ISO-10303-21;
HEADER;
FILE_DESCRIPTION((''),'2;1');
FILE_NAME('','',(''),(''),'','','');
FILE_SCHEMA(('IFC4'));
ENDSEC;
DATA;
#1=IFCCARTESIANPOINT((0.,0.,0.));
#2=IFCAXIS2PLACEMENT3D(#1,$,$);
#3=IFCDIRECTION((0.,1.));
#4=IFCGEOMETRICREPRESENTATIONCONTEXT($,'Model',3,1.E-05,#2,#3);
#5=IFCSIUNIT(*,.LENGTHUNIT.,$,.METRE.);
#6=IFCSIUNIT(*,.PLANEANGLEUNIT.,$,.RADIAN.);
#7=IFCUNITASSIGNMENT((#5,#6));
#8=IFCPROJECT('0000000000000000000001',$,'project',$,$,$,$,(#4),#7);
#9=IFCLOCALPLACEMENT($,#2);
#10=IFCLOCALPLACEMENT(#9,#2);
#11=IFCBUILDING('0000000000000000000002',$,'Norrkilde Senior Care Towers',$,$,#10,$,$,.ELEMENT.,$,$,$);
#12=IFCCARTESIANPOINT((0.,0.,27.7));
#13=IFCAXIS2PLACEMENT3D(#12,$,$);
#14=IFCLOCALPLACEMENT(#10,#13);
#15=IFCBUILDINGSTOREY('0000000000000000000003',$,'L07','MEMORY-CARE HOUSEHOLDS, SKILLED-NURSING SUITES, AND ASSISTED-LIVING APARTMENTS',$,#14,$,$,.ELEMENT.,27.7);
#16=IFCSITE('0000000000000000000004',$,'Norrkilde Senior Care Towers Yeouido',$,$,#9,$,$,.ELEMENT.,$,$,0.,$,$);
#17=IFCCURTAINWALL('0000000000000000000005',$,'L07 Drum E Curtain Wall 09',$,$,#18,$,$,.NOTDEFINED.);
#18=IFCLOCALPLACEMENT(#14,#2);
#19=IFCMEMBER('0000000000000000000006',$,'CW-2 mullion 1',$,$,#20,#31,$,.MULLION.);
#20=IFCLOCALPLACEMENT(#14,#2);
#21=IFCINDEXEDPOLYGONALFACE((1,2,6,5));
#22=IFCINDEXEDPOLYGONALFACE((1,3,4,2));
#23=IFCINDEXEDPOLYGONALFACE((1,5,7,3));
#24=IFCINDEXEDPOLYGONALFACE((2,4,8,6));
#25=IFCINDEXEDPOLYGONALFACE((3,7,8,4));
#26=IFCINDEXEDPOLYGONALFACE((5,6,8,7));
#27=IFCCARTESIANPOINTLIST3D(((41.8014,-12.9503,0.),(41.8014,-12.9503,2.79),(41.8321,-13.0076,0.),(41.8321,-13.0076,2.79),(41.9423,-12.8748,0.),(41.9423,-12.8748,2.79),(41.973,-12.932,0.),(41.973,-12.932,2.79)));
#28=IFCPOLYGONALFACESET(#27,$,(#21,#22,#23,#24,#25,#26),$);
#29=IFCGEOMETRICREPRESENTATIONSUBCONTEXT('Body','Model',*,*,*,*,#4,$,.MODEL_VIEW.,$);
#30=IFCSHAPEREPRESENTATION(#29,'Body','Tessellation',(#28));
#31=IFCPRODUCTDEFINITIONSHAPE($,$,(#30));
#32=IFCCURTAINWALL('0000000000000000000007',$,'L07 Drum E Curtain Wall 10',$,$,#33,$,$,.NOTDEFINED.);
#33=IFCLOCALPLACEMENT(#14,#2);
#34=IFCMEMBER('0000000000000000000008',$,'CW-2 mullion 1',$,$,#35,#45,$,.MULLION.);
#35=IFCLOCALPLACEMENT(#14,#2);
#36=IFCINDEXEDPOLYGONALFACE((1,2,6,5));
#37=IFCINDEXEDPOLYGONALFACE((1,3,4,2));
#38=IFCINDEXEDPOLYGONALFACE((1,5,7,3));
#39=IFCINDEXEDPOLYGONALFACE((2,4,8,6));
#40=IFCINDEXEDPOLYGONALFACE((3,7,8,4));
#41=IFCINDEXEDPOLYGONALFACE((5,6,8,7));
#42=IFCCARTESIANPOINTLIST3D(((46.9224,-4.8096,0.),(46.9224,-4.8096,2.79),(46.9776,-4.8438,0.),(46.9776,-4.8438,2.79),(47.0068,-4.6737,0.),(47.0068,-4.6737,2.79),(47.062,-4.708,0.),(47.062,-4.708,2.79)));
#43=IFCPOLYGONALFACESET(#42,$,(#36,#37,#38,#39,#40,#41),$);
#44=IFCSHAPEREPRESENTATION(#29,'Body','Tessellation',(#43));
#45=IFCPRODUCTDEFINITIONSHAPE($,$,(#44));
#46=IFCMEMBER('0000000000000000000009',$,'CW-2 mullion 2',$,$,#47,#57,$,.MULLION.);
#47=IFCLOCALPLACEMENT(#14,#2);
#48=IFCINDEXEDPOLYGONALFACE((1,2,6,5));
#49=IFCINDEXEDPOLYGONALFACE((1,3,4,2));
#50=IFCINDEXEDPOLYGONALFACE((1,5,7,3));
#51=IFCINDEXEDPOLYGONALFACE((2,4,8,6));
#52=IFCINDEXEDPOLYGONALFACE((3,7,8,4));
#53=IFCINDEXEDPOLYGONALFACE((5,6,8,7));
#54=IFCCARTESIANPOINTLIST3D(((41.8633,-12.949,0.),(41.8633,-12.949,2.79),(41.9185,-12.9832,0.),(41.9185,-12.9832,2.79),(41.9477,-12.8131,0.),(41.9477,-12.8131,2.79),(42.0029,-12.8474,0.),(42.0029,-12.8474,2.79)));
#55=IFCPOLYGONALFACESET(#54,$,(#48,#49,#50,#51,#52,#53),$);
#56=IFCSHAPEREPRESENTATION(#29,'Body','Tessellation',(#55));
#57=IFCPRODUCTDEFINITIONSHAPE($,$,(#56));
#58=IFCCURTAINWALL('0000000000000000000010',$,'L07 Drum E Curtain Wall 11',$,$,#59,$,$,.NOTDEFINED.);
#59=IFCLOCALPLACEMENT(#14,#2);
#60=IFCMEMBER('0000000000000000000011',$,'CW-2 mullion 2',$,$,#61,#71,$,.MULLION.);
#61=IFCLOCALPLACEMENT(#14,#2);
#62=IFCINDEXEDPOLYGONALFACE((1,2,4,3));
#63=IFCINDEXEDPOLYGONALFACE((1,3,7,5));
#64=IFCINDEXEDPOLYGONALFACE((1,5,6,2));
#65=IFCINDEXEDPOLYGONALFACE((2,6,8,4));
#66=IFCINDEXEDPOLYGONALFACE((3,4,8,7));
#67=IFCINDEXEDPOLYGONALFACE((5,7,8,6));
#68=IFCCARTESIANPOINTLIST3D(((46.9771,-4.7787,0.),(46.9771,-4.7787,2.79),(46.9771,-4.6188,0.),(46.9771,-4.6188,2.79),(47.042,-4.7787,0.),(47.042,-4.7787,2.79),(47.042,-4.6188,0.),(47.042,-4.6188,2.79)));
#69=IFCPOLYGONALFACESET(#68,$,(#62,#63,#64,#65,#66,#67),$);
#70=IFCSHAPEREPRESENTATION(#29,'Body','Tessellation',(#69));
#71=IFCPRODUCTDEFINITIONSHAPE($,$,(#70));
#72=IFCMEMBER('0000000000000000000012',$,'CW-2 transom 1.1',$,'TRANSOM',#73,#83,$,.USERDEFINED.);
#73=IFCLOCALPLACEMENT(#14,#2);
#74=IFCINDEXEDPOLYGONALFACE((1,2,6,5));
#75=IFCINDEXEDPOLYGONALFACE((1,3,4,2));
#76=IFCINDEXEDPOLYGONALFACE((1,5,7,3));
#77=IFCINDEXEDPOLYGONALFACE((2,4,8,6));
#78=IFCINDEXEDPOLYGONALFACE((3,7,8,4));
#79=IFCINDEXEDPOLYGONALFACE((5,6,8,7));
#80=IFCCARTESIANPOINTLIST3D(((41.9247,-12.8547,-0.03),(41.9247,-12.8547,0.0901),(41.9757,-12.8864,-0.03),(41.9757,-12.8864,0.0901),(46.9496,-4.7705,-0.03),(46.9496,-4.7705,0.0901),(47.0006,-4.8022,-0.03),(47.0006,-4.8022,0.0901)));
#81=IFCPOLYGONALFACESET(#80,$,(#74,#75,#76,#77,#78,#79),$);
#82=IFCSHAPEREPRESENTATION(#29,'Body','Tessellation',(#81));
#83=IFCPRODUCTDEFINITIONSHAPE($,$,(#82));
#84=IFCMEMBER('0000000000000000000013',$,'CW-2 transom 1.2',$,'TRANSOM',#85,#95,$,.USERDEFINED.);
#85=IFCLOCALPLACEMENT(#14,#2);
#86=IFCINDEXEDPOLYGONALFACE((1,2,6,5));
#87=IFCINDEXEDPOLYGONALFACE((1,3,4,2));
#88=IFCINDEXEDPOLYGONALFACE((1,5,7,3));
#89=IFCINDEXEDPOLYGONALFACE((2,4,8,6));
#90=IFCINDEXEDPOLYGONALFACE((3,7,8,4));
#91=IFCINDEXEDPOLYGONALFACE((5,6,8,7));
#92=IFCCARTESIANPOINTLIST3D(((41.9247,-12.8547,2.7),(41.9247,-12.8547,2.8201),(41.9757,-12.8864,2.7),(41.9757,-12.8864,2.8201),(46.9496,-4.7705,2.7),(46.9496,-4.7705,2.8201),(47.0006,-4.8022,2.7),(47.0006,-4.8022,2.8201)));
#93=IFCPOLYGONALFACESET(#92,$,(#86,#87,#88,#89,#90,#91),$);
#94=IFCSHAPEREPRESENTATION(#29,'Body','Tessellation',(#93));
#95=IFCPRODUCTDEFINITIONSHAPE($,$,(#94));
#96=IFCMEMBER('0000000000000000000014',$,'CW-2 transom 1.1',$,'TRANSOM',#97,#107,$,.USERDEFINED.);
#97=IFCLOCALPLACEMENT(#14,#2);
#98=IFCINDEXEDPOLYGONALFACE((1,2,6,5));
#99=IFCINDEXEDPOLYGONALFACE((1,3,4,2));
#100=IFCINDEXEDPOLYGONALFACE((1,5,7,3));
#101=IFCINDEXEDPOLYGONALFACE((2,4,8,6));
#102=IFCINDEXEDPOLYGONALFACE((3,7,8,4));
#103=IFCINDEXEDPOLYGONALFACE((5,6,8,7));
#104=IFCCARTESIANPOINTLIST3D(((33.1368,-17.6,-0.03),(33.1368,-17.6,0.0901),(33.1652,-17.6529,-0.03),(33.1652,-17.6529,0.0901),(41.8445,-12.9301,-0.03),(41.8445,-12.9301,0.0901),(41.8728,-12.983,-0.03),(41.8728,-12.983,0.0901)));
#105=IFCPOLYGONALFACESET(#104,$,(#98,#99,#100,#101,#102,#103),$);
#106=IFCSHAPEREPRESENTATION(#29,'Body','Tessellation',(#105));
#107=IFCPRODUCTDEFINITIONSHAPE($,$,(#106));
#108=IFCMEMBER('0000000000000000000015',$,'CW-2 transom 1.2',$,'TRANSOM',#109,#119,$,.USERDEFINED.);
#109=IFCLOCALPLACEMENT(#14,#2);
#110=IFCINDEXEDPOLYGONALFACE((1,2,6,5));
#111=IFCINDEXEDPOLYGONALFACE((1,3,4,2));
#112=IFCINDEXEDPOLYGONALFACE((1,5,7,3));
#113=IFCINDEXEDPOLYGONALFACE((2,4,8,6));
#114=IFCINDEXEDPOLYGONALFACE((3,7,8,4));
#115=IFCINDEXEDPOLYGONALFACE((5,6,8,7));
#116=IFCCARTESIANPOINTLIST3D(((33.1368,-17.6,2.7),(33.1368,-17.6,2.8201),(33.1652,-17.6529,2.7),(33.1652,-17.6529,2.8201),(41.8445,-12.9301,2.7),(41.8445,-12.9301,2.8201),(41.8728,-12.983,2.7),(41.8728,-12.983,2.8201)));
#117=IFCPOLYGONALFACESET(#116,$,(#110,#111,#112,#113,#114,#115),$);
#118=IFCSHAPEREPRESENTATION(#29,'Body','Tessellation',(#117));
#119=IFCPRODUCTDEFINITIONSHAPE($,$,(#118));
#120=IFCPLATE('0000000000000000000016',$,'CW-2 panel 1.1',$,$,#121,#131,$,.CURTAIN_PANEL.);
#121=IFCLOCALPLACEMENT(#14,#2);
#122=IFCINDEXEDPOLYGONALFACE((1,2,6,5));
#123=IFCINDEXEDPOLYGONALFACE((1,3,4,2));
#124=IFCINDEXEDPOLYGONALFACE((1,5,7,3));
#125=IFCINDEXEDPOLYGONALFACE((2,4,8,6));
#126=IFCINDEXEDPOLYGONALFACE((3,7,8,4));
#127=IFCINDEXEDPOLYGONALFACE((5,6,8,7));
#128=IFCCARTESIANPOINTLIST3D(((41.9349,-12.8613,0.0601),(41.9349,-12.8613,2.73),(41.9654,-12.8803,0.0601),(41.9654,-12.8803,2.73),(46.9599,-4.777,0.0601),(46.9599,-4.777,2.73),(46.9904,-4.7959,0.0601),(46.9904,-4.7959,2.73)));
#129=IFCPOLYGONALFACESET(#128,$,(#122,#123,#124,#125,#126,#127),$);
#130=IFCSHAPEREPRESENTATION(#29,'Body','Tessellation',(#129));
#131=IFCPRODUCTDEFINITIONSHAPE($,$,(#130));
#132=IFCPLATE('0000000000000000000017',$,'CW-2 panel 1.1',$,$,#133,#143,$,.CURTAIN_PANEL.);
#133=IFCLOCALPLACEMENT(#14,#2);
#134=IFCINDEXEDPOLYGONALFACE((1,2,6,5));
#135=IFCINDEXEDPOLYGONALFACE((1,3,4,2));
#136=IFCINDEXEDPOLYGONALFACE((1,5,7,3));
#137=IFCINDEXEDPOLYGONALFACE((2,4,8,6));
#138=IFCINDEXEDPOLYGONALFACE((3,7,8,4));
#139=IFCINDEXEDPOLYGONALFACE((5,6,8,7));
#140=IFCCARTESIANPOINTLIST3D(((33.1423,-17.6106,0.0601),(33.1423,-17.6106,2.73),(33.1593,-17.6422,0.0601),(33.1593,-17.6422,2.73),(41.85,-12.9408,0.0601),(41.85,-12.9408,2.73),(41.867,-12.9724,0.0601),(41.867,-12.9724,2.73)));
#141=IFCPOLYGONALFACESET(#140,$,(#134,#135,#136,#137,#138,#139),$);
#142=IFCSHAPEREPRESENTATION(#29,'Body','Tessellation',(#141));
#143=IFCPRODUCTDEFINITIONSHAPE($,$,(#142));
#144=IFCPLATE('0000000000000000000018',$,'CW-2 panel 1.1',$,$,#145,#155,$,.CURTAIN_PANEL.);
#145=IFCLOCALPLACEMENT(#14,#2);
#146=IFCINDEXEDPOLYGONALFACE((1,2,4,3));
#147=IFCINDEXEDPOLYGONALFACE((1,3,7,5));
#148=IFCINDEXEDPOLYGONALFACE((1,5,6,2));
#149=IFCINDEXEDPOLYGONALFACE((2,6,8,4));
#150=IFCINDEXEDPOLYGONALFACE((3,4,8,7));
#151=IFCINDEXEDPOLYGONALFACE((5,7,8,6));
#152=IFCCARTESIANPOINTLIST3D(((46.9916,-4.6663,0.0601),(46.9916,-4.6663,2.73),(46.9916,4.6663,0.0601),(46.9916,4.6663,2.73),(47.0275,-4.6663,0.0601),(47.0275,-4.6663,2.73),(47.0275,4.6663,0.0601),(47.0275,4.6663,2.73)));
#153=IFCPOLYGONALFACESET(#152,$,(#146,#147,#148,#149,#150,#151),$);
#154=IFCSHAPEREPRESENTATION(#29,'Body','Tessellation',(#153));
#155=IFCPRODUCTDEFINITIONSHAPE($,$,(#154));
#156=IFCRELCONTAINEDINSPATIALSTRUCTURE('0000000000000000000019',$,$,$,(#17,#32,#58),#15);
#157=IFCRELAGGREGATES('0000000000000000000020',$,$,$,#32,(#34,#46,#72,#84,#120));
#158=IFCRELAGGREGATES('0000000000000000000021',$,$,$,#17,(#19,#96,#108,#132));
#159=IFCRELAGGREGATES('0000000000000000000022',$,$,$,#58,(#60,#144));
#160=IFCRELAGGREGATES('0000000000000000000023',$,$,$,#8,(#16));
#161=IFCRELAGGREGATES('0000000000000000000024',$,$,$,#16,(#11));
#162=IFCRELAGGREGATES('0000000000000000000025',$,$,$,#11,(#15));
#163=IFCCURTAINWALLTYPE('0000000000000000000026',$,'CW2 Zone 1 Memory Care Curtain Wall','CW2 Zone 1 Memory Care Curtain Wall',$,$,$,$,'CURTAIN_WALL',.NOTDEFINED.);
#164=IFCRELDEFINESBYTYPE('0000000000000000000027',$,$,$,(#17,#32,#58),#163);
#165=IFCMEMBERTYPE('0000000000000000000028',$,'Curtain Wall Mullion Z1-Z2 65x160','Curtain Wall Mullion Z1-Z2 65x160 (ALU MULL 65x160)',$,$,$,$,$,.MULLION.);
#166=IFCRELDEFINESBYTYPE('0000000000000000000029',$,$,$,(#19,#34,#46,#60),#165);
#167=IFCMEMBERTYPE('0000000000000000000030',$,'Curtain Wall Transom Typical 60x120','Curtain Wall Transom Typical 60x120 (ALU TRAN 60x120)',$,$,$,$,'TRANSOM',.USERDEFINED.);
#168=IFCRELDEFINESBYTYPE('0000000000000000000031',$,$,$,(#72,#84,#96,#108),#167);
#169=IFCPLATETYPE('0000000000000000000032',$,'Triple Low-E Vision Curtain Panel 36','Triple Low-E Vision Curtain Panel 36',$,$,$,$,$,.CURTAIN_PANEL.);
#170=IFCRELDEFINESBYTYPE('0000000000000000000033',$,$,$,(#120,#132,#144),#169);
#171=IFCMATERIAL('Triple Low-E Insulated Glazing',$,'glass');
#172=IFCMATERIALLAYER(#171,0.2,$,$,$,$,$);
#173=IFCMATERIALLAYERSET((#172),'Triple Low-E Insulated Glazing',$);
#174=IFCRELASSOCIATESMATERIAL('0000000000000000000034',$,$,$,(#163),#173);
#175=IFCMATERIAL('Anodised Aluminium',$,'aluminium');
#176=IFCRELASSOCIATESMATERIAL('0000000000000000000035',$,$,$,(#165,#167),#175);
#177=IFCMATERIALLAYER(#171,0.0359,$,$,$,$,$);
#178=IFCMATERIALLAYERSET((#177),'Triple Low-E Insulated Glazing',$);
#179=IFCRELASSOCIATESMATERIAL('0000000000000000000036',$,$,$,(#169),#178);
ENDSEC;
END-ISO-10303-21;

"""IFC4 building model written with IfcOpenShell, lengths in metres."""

from ifc_helpers import new_model, si_unit, direction, frame, origin, origin_2d, place, context, subcontext, project, spatial, rectangle, extrude, source, transform, mapped, material, layer, layer_set, material_profile, profile_set, type_object, type_shapes, element, aggregate, save


model = new_model("IFC4")

# Units and contexts
model_context = context("Model", 3, precision=1e-05, world=origin(), true_north=direction((0.0, 1.0)))
body_context = subcontext(model_context, "Body", "Model", "MODEL_VIEW")
ifc_project = project(units=[si_unit("LENGTHUNIT", "METRE"), si_unit("PLANEANGLEUNIT", "RADIAN")], contexts=[model_context])

# Site, building, storey
site_placement = place(None, origin())
site = spatial("IfcSite", under=ifc_project, at=site_placement, Name="Norrkilde Senior Care Towers Yeouido", CompositionType="ELEMENT", RefElevation=0.0)
building_placement = place(site_placement, origin())
building = spatial("IfcBuilding", under=site, at=building_placement, Name="Norrkilde Senior Care Towers", CompositionType="ELEMENT")
storey_placement = place(building_placement, frame((0.0, 0.0, 27.7)))
storey = spatial("IfcBuildingStorey", under=building, at=storey_placement, Name="L07", Description="MEMORY-CARE HOUSEHOLDS, SKILLED-NURSING SUITES, AND ASSISTED-LIVING APARTMENTS", CompositionType="ELEMENT", Elevation=27.7)

# Curtain wall, member
ifc_material_1 = material(Name="Triple Low-E Insulated Glazing", Category="glass")
ifc_layer_1 = layer(ifc_material_1, 0.2)
ifc_layer_set_1 = layer_set([ifc_layer_1], Name="Triple Low-E Insulated Glazing")
curtain_wall_type = type_object("IfcCurtainWallType", Name="CW2 Zone 1 Memory Care Curtain Wall", Description="CW2 Zone 1 Memory Care Curtain Wall", ElementType="CURTAIN_WALL", PredefinedType="NOTDEFINED", material=ifc_layer_set_1)
curtain_wall_1_placement = place(storey_placement, origin())
curtain_wall_1 = element("IfcCurtainWall", 1, at=curtain_wall_1_placement, inside=storey, type_object=curtain_wall_type, Name="L07 Drum E Curtain Wall 09", PredefinedType="NOTDEFINED")
ifc_material_2 = material(Name="Anodised Aluminium", Category="aluminium")
ifc_material_profile_1 = material_profile(ifc_material_2, rectangle(XDim=0.0649, YDim=0.1599, at=origin_2d()), Name="ALU MULL 65x160")
ifc_profile_set_1 = profile_set([ifc_material_profile_1], Name="Anodised Aluminium")
member_type_1 = type_object("IfcMemberType", Name="Curtain Wall Mullion Z1-Z2 65x160", Description="Curtain Wall Mullion Z1-Z2 65x160 (ALU MULL 65x160)", PredefinedType="MULLION", material=ifc_profile_set_1)
shared_shape_1 = source(origin(), body_context, "Body", "SweptSolid", [
    extrude(rectangle(XDim=0.0649, YDim=0.1599, at=origin_2d()), origin(), (0.0, 0.0, 1.0), 2.79),
])
type_shapes(member_type_1, [shared_shape_1])
member_1_placement = place(storey_placement, frame((41.8872, -12.9412, 0.0), z_axis=(0.0, 0.0, 1.0), x_axis=(0.472608, -0.881273, 0.0)))
member_1 = element("IfcMember", 2, at=member_1_placement, type_object=member_type_1, Name="CW-2 mullion 1", PredefinedType="MULLION", context=body_context, shape_type="MappedRepresentation", body=[
    mapped(shared_shape_1, transform((0.0, 0.0, 0.0), x_axis=(1.0, 0.0, 0.0), y_axis=(0.0, 1.0, 0.0), z_axis=(0.0, 0.0, 1.0), scale=1.0)),
])

# Curtain wall, members
curtain_wall_2_placement = place(storey_placement, origin())
curtain_wall_2 = element("IfcCurtainWall", 3, at=curtain_wall_2_placement, inside=storey, type_object=curtain_wall_type, Name="L07 Drum E Curtain Wall 10", PredefinedType="NOTDEFINED")
member_2_placement = place(storey_placement, frame((46.9922, -4.7588, 0.0), z_axis=(0.0, 0.0, 1.0), x_axis=(0.849306, -0.527901, 0.0)))
member_2 = element("IfcMember", 4, at=member_2_placement, type_object=member_type_1, Name="CW-2 mullion 1", PredefinedType="MULLION", context=body_context, shape_type="MappedRepresentation", body=[
    mapped(shared_shape_1, transform((0.0, 0.0, 0.0), x_axis=(1.0, 0.0, 0.0), y_axis=(0.0, 1.0, 0.0), z_axis=(0.0, 0.0, 1.0), scale=1.0)),
])
member_3_placement = place(storey_placement, frame((41.9331, -12.8982, 0.0), z_axis=(0.0, 0.0, 1.0), x_axis=(0.849306, -0.527901, 0.0)))
member_3 = element("IfcMember", 5, at=member_3_placement, type_object=member_type_1, Name="CW-2 mullion 2", PredefinedType="MULLION", context=body_context, shape_type="MappedRepresentation", body=[
    mapped(shared_shape_1, transform((0.0, 0.0, 0.0), x_axis=(1.0, 0.0, 0.0), y_axis=(0.0, 1.0, 0.0), z_axis=(0.0, 0.0, 1.0), scale=1.0)),
])

# Curtain wall, member
curtain_wall_3_placement = place(storey_placement, origin())
curtain_wall_3 = element("IfcCurtainWall", 6, at=curtain_wall_3_placement, inside=storey, type_object=curtain_wall_type, Name="L07 Drum E Curtain Wall 11", PredefinedType="NOTDEFINED")
member_4_placement = place(storey_placement, frame((47.0095, -4.6987, 0.0), z_axis=(0.0, 0.0, 1.0), x_axis=(1.0, 0.0, 0.0)))
member_4 = element("IfcMember", 7, at=member_4_placement, type_object=member_type_1, Name="CW-2 mullion 2", PredefinedType="MULLION", context=body_context, shape_type="MappedRepresentation", body=[
    mapped(shared_shape_1, transform((0.0, 0.0, 0.0), x_axis=(1.0, 0.0, 0.0), y_axis=(0.0, 1.0, 0.0), z_axis=(0.0, 0.0, 1.0), scale=1.0)),
])

# Members
ifc_material_profile_2 = material_profile(ifc_material_2, rectangle(XDim=0.0601, YDim=0.1201, at=origin_2d()), Name="ALU TRAN 60x120")
ifc_profile_set_2 = profile_set([ifc_material_profile_2], Name="Anodised Aluminium")
member_type_2 = type_object("IfcMemberType", Name="Curtain Wall Transom Typical 60x120", Description="Curtain Wall Transom Typical 60x120 (ALU TRAN 60x120)", ElementType="TRANSOM", PredefinedType="USERDEFINED", material=ifc_profile_set_2)
shared_shape_2 = source(origin(), body_context, "Body", "SweptSolid", [
    extrude(rectangle(XDim=0.0601, YDim=0.1201, at=origin_2d()), origin(), (0.0, 0.0, 1.0), 9.5186),
])
member_5_placement = place(storey_placement, frame((46.9751, -4.7864, 0.03), z_axis=(-0.527902, -0.849306, 0.0), x_axis=(0.849306, -0.527902, 0.0)))
member_5 = element("IfcMember", 8, at=member_5_placement, type_object=member_type_2, Name="CW-2 transom 1.1", ObjectType="TRANSOM", PredefinedType="USERDEFINED", context=body_context, shape_type="MappedRepresentation", body=[
    mapped(shared_shape_2, transform((0.0, 0.0, 0.0), x_axis=(1.0, 0.0, 0.0), y_axis=(0.0, 1.0, 0.0), z_axis=(0.0, 0.0, 1.0), scale=1.0)),
])
member_6_placement = place(storey_placement, frame((46.9751, -4.7864, 2.76), z_axis=(-0.527902, -0.849306, 0.0), x_axis=(0.849306, -0.527902, 0.0)))
member_6 = element("IfcMember", 9, at=member_6_placement, type_object=member_type_2, Name="CW-2 transom 1.2", ObjectType="TRANSOM", PredefinedType="USERDEFINED", context=body_context, shape_type="MappedRepresentation", body=[
    mapped(shared_shape_2, transform((0.0, 0.0, 0.0), x_axis=(1.0, 0.0, 0.0), y_axis=(0.0, 1.0, 0.0), z_axis=(0.0, 0.0, 1.0), scale=1.0)),
])
shared_shape_3 = source(origin(), body_context, "Body", "SweptSolid", [
    extrude(rectangle(XDim=0.0601, YDim=0.1201, at=origin_2d()), origin(), (0.0, 0.0, 1.0), 9.8809),
])
type_shapes(member_type_2, [shared_shape_2, shared_shape_3])
member_7_placement = place(storey_placement, frame((41.8586, -12.9565, 0.03), z_axis=(-0.881267, -0.472618, 0.0), x_axis=(0.472618, -0.881267, 0.0)))
member_7 = element("IfcMember", 10, at=member_7_placement, type_object=member_type_2, Name="CW-2 transom 1.1", ObjectType="TRANSOM", PredefinedType="USERDEFINED", context=body_context, shape_type="MappedRepresentation", body=[
    mapped(shared_shape_3, transform((0.0, 0.0, 0.0), x_axis=(1.0, 0.0, 0.0), y_axis=(0.0, 1.0, 0.0), z_axis=(0.0, 0.0, 1.0), scale=1.0)),
])
member_8_placement = place(storey_placement, frame((41.8586, -12.9565, 2.76), z_axis=(-0.881267, -0.472618, 0.0), x_axis=(0.472618, -0.881267, 0.0)))
member_8 = element("IfcMember", 11, at=member_8_placement, type_object=member_type_2, Name="CW-2 transom 1.2", ObjectType="TRANSOM", PredefinedType="USERDEFINED", context=body_context, shape_type="MappedRepresentation", body=[
    mapped(shared_shape_3, transform((0.0, 0.0, 0.0), x_axis=(1.0, 0.0, 0.0), y_axis=(0.0, 1.0, 0.0), z_axis=(0.0, 0.0, 1.0), scale=1.0)),
])

# Plates
ifc_layer_2 = layer(ifc_material_1, 0.0359)
ifc_layer_set_2 = layer_set([ifc_layer_2], Name="Triple Low-E Insulated Glazing")
plate_type = type_object("IfcPlateType", Name="Triple Low-E Vision Curtain Panel 36", Description="Triple Low-E Vision Curtain Panel 36", PredefinedType="CURTAIN_PANEL", material=ifc_layer_set_2)
shared_shape_4 = source(origin(), body_context, "Body", "SweptSolid", [
    extrude(rectangle(XDim=9.5188, YDim=0.0359, at=origin_2d()), origin(), (0.0, 0.0, 1.0), 2.6699),
])
plate_1_placement = place(storey_placement, frame((44.4626, -8.8286, 0.0601), z_axis=(0.0, 0.0, 1.0), x_axis=(-0.527901, -0.849306, 0.0)))
plate_1 = element("IfcPlate", 12, at=plate_1_placement, type_object=plate_type, Name="CW-2 panel 1.1", PredefinedType="CURTAIN_PANEL", context=body_context, shape_type="MappedRepresentation", body=[
    mapped(shared_shape_4, transform((0.0, 0.0, 0.0), x_axis=(1.0, 0.0, 0.0), y_axis=(0.0, 1.0, 0.0), z_axis=(0.0, 0.0, 1.0), scale=1.0)),
])
aggregate(curtain_wall_2, [member_2, member_3, member_5, member_6, plate_1])
shared_shape_5 = source(origin(), body_context, "Body", "SweptSolid", [
    extrude(rectangle(XDim=9.8809, YDim=0.0359, at=origin_2d()), origin(), (0.0, 0.0, 1.0), 2.6699),
])
plate_2_placement = place(storey_placement, frame((37.5046, -15.2915, 0.0601), z_axis=(0.0, 0.0, 1.0), x_axis=(-0.881273, -0.472608, 0.0)))
plate_2 = element("IfcPlate", 13, at=plate_2_placement, type_object=plate_type, Name="CW-2 panel 1.1", PredefinedType="CURTAIN_PANEL", context=body_context, shape_type="MappedRepresentation", body=[
    mapped(shared_shape_5, transform((0.0, 0.0, 0.0), x_axis=(1.0, 0.0, 0.0), y_axis=(0.0, 1.0, 0.0), z_axis=(0.0, 0.0, 1.0), scale=1.0)),
])
aggregate(curtain_wall_1, [member_1, member_7, member_8, plate_2])
shared_shape_6 = source(origin(), body_context, "Body", "SweptSolid", [
    extrude(rectangle(XDim=9.3325, YDim=0.0359, at=origin_2d()), origin(), (0.0, 0.0, 1.0), 2.6699),
])
type_shapes(plate_type, [shared_shape_4, shared_shape_5, shared_shape_6])
plate_3_placement = place(storey_placement, frame((47.0095, 0.0, 0.0601), z_axis=(0.0, 0.0, 1.0), x_axis=(0.0, -1.0, 0.0)))
plate_3 = element("IfcPlate", 14, at=plate_3_placement, type_object=plate_type, Name="CW-2 panel 1.1", PredefinedType="CURTAIN_PANEL", context=body_context, shape_type="MappedRepresentation", body=[
    mapped(shared_shape_6, transform((0.0, 0.0, 0.0), x_axis=(1.0, 0.0, 0.0), y_axis=(0.0, 1.0, 0.0), z_axis=(0.0, 0.0, 1.0), scale=1.0)),
])
aggregate(curtain_wall_3, [member_4, plate_3])

save(model, "model.ifc")
